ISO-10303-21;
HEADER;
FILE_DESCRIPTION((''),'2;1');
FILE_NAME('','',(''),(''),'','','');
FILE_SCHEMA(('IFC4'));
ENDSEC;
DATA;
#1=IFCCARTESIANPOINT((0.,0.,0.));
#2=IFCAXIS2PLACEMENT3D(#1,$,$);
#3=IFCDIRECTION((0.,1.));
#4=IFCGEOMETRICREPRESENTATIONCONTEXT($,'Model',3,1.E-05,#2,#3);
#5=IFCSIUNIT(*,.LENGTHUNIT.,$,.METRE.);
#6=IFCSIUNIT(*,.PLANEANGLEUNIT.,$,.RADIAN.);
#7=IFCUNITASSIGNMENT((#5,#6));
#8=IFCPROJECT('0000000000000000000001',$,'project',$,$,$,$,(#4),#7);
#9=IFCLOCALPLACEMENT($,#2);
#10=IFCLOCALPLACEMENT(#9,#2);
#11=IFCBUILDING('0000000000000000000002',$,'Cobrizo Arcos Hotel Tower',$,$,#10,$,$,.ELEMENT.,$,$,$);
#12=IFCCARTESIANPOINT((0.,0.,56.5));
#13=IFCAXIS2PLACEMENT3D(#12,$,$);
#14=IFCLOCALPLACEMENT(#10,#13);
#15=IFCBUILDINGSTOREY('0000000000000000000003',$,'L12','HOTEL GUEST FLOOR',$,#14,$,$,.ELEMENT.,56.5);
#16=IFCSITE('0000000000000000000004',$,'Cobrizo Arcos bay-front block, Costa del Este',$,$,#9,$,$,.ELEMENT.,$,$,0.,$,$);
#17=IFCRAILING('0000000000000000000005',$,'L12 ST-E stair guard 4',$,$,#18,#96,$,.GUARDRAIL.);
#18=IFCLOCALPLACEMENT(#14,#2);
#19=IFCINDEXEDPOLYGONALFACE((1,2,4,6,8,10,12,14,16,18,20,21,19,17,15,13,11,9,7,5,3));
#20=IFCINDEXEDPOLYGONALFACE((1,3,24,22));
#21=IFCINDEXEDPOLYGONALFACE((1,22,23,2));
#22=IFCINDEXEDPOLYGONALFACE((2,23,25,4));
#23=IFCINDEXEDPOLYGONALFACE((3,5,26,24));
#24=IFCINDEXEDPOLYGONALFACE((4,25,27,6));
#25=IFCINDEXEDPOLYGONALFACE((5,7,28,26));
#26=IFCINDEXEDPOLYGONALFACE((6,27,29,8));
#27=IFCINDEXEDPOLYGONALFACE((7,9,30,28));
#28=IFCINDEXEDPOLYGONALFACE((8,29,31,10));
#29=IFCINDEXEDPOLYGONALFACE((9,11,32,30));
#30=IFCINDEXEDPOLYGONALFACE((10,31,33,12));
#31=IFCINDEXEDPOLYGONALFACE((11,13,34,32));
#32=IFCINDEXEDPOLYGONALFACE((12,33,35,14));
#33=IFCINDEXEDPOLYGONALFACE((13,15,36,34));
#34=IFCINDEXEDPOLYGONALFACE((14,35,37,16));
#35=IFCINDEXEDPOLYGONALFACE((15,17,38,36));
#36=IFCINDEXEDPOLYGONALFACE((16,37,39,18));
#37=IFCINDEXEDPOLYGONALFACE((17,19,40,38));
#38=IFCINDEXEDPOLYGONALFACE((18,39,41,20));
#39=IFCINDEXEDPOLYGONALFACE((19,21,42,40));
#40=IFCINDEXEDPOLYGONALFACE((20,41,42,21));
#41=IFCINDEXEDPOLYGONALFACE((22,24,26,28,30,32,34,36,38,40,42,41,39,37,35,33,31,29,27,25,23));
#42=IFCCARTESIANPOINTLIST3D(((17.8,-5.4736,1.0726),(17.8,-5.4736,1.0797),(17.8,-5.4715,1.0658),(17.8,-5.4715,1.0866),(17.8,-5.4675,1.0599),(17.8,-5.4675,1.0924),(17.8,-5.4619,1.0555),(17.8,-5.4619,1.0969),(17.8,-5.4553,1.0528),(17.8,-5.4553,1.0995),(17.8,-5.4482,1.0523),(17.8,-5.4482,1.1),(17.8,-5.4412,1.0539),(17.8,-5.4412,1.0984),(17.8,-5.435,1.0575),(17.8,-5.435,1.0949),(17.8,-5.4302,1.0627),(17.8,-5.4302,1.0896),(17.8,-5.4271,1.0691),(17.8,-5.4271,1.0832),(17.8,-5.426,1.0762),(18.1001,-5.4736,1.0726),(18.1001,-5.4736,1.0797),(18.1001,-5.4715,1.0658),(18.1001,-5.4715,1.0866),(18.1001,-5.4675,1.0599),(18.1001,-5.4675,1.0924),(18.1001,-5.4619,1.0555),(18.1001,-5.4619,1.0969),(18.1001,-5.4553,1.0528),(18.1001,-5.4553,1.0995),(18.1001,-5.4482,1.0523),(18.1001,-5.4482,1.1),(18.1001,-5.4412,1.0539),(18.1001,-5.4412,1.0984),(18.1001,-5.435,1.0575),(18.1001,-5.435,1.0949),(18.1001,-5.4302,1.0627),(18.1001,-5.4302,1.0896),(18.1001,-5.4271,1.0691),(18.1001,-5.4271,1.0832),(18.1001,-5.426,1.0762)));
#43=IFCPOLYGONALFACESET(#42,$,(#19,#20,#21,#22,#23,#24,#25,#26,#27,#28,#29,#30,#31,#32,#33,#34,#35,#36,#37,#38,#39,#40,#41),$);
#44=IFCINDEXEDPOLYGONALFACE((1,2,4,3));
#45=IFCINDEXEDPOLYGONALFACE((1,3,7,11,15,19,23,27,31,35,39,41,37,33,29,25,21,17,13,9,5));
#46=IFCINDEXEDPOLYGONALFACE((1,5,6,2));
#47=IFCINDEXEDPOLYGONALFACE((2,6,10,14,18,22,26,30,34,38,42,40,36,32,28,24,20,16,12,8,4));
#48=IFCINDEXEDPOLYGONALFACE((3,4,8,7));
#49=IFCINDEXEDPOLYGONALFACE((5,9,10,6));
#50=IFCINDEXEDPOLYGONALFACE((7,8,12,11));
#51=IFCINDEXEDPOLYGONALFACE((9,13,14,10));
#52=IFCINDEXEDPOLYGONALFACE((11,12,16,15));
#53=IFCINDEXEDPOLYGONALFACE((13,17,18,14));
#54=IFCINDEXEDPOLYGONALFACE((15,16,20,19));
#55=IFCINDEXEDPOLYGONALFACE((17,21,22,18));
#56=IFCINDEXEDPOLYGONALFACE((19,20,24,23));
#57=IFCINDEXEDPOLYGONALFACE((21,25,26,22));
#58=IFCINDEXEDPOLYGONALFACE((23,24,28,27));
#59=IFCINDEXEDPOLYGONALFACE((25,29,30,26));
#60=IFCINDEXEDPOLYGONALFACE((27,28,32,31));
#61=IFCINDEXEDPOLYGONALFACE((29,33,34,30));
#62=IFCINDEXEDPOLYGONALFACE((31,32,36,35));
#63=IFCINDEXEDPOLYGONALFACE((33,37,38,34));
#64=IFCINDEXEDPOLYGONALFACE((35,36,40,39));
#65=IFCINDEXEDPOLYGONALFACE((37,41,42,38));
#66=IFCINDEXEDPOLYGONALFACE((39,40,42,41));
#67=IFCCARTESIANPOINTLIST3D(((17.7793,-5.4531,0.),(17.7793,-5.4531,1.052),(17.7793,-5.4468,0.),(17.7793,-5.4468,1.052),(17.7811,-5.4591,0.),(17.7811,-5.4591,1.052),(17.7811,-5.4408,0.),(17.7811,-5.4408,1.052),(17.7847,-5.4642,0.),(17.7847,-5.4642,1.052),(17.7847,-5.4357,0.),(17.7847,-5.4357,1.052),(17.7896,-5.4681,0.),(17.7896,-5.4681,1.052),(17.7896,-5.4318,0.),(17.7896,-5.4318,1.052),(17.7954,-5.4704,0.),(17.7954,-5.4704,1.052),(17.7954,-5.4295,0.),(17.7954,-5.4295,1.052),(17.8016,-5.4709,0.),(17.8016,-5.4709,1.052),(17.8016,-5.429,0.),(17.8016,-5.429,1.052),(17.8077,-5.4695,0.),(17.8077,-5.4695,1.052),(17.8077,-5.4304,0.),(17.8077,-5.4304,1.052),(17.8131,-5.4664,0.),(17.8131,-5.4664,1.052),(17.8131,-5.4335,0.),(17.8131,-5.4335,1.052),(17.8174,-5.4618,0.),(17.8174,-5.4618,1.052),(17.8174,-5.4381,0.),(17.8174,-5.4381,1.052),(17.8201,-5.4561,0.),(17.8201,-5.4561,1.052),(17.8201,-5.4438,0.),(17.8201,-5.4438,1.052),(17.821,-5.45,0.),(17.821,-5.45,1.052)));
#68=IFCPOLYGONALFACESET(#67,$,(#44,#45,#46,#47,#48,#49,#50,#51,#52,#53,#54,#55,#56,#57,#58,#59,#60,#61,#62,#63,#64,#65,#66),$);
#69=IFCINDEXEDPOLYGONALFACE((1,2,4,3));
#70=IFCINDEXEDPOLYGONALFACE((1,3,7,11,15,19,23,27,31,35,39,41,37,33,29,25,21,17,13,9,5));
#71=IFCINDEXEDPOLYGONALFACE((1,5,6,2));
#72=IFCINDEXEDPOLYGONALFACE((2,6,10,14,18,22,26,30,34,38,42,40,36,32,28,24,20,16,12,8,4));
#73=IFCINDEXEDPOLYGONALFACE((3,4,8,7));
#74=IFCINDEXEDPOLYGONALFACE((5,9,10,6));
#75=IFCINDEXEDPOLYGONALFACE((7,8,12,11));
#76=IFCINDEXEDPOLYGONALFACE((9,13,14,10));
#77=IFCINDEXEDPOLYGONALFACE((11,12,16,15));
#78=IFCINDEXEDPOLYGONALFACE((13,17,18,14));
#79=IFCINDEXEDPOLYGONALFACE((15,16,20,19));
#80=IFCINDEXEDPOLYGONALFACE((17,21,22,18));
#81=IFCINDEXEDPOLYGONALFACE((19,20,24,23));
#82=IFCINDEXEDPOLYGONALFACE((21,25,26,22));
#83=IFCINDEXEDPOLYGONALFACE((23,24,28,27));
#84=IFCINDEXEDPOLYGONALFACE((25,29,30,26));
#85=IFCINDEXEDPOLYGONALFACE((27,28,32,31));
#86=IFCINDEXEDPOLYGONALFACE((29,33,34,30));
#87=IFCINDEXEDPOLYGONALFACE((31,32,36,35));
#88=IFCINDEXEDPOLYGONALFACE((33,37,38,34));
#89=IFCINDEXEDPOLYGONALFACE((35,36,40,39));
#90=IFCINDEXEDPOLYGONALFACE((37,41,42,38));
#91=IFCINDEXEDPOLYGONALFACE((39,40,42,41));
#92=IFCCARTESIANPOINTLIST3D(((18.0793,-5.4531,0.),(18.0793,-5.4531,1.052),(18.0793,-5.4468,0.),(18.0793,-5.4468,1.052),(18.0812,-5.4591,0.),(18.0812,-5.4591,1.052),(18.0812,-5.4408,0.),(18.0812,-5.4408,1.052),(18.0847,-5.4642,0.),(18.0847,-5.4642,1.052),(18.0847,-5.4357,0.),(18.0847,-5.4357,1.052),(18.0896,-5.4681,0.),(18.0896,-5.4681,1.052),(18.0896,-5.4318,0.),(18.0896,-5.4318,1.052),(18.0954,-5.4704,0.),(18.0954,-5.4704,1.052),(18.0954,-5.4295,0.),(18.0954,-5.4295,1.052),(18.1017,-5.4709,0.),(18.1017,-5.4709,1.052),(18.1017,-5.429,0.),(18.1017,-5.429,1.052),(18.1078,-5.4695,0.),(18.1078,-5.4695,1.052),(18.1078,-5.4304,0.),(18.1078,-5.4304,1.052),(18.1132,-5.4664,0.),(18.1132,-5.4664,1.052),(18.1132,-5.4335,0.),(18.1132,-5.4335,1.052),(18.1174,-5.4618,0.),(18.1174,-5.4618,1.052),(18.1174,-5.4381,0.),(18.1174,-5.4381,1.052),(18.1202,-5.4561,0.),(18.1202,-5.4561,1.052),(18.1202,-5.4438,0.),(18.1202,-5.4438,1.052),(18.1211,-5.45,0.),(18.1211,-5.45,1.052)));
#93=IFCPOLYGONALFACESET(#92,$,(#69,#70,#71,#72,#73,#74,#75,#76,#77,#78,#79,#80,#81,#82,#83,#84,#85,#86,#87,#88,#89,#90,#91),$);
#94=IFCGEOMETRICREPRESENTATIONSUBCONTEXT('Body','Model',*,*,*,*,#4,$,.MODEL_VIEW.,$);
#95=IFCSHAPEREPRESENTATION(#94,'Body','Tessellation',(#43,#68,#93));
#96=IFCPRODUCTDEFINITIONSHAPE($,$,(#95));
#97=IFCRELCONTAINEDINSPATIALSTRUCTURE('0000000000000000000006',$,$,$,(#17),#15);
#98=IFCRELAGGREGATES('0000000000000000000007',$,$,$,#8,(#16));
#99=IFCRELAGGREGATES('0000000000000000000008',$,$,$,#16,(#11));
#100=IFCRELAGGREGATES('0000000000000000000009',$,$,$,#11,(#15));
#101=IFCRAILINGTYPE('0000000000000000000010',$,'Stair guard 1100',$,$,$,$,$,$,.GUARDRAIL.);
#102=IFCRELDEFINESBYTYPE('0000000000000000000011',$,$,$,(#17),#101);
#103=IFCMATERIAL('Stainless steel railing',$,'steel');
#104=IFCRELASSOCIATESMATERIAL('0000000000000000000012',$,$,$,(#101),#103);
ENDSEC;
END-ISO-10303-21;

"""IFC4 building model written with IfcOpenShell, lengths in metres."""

from ifc_helpers import new_model, si_unit, direction, frame, origin, origin_2d, place, context, subcontext, project, spatial, circle, extrude, material, type_object, element, save


model = new_model("IFC4")

# Units and contexts
model_context = context("Model", 3, precision=1e-05, world=origin(), true_north=direction((0.0, 1.0)))
body_context = subcontext(model_context, "Body", "Model", "MODEL_VIEW")
ifc_project = project(units=[si_unit("LENGTHUNIT", "METRE"), si_unit("PLANEANGLEUNIT", "RADIAN")], contexts=[model_context])

# Site, building, storey
site_placement = place(None, origin())
site = spatial("IfcSite", under=ifc_project, at=site_placement, Name="Cobrizo Arcos bay-front block, Costa del Este", CompositionType="ELEMENT", RefElevation=0.0)
building_placement = place(site_placement, origin())
building = spatial("IfcBuilding", under=site, at=building_placement, Name="Cobrizo Arcos Hotel Tower", CompositionType="ELEMENT")
storey_placement = place(building_placement, frame((0.0, 0.0, 56.5)))
storey = spatial("IfcBuildingStorey", under=building, at=storey_placement, Name="L12", Description="HOTEL GUEST FLOOR", CompositionType="ELEMENT", Elevation=56.5)

# Railing
ifc_material_1 = material(Name="Stainless steel railing", Category="steel")
railing_type_1 = type_object("IfcRailingType", Name="Stair guard 1100", PredefinedType="GUARDRAIL", material=ifc_material_1)
railing_1_placement = place(storey_placement, frame((17.8, -5.45, 0.0)))
element("IfcRailing", 1, at=railing_1_placement, inside=storey, type_object=railing_type_1, Name="L12 ST-E stair guard 4", PredefinedType="GUARDRAIL", context=body_context, shape_type="SweptSolid", body=[
    extrude(circle(Radius=0.0239, at=origin_2d()), frame((0.0, 0.0, 1.0762), z_axis=(1.0, 0.0, 0.0), x_axis=(0.0, 1.0, 0.0)), (0.0, 0.0, 1.0), 0.3),
    extrude(circle(Radius=0.021, at=origin_2d()), origin(), (0.0, 0.0, 1.0), 1.052),
    extrude(circle(Radius=0.021, at=origin_2d()), frame((0.3, 0.0, 0.0)), (0.0, 0.0, 1.0), 1.052),
])

save(model, "model.ifc")
